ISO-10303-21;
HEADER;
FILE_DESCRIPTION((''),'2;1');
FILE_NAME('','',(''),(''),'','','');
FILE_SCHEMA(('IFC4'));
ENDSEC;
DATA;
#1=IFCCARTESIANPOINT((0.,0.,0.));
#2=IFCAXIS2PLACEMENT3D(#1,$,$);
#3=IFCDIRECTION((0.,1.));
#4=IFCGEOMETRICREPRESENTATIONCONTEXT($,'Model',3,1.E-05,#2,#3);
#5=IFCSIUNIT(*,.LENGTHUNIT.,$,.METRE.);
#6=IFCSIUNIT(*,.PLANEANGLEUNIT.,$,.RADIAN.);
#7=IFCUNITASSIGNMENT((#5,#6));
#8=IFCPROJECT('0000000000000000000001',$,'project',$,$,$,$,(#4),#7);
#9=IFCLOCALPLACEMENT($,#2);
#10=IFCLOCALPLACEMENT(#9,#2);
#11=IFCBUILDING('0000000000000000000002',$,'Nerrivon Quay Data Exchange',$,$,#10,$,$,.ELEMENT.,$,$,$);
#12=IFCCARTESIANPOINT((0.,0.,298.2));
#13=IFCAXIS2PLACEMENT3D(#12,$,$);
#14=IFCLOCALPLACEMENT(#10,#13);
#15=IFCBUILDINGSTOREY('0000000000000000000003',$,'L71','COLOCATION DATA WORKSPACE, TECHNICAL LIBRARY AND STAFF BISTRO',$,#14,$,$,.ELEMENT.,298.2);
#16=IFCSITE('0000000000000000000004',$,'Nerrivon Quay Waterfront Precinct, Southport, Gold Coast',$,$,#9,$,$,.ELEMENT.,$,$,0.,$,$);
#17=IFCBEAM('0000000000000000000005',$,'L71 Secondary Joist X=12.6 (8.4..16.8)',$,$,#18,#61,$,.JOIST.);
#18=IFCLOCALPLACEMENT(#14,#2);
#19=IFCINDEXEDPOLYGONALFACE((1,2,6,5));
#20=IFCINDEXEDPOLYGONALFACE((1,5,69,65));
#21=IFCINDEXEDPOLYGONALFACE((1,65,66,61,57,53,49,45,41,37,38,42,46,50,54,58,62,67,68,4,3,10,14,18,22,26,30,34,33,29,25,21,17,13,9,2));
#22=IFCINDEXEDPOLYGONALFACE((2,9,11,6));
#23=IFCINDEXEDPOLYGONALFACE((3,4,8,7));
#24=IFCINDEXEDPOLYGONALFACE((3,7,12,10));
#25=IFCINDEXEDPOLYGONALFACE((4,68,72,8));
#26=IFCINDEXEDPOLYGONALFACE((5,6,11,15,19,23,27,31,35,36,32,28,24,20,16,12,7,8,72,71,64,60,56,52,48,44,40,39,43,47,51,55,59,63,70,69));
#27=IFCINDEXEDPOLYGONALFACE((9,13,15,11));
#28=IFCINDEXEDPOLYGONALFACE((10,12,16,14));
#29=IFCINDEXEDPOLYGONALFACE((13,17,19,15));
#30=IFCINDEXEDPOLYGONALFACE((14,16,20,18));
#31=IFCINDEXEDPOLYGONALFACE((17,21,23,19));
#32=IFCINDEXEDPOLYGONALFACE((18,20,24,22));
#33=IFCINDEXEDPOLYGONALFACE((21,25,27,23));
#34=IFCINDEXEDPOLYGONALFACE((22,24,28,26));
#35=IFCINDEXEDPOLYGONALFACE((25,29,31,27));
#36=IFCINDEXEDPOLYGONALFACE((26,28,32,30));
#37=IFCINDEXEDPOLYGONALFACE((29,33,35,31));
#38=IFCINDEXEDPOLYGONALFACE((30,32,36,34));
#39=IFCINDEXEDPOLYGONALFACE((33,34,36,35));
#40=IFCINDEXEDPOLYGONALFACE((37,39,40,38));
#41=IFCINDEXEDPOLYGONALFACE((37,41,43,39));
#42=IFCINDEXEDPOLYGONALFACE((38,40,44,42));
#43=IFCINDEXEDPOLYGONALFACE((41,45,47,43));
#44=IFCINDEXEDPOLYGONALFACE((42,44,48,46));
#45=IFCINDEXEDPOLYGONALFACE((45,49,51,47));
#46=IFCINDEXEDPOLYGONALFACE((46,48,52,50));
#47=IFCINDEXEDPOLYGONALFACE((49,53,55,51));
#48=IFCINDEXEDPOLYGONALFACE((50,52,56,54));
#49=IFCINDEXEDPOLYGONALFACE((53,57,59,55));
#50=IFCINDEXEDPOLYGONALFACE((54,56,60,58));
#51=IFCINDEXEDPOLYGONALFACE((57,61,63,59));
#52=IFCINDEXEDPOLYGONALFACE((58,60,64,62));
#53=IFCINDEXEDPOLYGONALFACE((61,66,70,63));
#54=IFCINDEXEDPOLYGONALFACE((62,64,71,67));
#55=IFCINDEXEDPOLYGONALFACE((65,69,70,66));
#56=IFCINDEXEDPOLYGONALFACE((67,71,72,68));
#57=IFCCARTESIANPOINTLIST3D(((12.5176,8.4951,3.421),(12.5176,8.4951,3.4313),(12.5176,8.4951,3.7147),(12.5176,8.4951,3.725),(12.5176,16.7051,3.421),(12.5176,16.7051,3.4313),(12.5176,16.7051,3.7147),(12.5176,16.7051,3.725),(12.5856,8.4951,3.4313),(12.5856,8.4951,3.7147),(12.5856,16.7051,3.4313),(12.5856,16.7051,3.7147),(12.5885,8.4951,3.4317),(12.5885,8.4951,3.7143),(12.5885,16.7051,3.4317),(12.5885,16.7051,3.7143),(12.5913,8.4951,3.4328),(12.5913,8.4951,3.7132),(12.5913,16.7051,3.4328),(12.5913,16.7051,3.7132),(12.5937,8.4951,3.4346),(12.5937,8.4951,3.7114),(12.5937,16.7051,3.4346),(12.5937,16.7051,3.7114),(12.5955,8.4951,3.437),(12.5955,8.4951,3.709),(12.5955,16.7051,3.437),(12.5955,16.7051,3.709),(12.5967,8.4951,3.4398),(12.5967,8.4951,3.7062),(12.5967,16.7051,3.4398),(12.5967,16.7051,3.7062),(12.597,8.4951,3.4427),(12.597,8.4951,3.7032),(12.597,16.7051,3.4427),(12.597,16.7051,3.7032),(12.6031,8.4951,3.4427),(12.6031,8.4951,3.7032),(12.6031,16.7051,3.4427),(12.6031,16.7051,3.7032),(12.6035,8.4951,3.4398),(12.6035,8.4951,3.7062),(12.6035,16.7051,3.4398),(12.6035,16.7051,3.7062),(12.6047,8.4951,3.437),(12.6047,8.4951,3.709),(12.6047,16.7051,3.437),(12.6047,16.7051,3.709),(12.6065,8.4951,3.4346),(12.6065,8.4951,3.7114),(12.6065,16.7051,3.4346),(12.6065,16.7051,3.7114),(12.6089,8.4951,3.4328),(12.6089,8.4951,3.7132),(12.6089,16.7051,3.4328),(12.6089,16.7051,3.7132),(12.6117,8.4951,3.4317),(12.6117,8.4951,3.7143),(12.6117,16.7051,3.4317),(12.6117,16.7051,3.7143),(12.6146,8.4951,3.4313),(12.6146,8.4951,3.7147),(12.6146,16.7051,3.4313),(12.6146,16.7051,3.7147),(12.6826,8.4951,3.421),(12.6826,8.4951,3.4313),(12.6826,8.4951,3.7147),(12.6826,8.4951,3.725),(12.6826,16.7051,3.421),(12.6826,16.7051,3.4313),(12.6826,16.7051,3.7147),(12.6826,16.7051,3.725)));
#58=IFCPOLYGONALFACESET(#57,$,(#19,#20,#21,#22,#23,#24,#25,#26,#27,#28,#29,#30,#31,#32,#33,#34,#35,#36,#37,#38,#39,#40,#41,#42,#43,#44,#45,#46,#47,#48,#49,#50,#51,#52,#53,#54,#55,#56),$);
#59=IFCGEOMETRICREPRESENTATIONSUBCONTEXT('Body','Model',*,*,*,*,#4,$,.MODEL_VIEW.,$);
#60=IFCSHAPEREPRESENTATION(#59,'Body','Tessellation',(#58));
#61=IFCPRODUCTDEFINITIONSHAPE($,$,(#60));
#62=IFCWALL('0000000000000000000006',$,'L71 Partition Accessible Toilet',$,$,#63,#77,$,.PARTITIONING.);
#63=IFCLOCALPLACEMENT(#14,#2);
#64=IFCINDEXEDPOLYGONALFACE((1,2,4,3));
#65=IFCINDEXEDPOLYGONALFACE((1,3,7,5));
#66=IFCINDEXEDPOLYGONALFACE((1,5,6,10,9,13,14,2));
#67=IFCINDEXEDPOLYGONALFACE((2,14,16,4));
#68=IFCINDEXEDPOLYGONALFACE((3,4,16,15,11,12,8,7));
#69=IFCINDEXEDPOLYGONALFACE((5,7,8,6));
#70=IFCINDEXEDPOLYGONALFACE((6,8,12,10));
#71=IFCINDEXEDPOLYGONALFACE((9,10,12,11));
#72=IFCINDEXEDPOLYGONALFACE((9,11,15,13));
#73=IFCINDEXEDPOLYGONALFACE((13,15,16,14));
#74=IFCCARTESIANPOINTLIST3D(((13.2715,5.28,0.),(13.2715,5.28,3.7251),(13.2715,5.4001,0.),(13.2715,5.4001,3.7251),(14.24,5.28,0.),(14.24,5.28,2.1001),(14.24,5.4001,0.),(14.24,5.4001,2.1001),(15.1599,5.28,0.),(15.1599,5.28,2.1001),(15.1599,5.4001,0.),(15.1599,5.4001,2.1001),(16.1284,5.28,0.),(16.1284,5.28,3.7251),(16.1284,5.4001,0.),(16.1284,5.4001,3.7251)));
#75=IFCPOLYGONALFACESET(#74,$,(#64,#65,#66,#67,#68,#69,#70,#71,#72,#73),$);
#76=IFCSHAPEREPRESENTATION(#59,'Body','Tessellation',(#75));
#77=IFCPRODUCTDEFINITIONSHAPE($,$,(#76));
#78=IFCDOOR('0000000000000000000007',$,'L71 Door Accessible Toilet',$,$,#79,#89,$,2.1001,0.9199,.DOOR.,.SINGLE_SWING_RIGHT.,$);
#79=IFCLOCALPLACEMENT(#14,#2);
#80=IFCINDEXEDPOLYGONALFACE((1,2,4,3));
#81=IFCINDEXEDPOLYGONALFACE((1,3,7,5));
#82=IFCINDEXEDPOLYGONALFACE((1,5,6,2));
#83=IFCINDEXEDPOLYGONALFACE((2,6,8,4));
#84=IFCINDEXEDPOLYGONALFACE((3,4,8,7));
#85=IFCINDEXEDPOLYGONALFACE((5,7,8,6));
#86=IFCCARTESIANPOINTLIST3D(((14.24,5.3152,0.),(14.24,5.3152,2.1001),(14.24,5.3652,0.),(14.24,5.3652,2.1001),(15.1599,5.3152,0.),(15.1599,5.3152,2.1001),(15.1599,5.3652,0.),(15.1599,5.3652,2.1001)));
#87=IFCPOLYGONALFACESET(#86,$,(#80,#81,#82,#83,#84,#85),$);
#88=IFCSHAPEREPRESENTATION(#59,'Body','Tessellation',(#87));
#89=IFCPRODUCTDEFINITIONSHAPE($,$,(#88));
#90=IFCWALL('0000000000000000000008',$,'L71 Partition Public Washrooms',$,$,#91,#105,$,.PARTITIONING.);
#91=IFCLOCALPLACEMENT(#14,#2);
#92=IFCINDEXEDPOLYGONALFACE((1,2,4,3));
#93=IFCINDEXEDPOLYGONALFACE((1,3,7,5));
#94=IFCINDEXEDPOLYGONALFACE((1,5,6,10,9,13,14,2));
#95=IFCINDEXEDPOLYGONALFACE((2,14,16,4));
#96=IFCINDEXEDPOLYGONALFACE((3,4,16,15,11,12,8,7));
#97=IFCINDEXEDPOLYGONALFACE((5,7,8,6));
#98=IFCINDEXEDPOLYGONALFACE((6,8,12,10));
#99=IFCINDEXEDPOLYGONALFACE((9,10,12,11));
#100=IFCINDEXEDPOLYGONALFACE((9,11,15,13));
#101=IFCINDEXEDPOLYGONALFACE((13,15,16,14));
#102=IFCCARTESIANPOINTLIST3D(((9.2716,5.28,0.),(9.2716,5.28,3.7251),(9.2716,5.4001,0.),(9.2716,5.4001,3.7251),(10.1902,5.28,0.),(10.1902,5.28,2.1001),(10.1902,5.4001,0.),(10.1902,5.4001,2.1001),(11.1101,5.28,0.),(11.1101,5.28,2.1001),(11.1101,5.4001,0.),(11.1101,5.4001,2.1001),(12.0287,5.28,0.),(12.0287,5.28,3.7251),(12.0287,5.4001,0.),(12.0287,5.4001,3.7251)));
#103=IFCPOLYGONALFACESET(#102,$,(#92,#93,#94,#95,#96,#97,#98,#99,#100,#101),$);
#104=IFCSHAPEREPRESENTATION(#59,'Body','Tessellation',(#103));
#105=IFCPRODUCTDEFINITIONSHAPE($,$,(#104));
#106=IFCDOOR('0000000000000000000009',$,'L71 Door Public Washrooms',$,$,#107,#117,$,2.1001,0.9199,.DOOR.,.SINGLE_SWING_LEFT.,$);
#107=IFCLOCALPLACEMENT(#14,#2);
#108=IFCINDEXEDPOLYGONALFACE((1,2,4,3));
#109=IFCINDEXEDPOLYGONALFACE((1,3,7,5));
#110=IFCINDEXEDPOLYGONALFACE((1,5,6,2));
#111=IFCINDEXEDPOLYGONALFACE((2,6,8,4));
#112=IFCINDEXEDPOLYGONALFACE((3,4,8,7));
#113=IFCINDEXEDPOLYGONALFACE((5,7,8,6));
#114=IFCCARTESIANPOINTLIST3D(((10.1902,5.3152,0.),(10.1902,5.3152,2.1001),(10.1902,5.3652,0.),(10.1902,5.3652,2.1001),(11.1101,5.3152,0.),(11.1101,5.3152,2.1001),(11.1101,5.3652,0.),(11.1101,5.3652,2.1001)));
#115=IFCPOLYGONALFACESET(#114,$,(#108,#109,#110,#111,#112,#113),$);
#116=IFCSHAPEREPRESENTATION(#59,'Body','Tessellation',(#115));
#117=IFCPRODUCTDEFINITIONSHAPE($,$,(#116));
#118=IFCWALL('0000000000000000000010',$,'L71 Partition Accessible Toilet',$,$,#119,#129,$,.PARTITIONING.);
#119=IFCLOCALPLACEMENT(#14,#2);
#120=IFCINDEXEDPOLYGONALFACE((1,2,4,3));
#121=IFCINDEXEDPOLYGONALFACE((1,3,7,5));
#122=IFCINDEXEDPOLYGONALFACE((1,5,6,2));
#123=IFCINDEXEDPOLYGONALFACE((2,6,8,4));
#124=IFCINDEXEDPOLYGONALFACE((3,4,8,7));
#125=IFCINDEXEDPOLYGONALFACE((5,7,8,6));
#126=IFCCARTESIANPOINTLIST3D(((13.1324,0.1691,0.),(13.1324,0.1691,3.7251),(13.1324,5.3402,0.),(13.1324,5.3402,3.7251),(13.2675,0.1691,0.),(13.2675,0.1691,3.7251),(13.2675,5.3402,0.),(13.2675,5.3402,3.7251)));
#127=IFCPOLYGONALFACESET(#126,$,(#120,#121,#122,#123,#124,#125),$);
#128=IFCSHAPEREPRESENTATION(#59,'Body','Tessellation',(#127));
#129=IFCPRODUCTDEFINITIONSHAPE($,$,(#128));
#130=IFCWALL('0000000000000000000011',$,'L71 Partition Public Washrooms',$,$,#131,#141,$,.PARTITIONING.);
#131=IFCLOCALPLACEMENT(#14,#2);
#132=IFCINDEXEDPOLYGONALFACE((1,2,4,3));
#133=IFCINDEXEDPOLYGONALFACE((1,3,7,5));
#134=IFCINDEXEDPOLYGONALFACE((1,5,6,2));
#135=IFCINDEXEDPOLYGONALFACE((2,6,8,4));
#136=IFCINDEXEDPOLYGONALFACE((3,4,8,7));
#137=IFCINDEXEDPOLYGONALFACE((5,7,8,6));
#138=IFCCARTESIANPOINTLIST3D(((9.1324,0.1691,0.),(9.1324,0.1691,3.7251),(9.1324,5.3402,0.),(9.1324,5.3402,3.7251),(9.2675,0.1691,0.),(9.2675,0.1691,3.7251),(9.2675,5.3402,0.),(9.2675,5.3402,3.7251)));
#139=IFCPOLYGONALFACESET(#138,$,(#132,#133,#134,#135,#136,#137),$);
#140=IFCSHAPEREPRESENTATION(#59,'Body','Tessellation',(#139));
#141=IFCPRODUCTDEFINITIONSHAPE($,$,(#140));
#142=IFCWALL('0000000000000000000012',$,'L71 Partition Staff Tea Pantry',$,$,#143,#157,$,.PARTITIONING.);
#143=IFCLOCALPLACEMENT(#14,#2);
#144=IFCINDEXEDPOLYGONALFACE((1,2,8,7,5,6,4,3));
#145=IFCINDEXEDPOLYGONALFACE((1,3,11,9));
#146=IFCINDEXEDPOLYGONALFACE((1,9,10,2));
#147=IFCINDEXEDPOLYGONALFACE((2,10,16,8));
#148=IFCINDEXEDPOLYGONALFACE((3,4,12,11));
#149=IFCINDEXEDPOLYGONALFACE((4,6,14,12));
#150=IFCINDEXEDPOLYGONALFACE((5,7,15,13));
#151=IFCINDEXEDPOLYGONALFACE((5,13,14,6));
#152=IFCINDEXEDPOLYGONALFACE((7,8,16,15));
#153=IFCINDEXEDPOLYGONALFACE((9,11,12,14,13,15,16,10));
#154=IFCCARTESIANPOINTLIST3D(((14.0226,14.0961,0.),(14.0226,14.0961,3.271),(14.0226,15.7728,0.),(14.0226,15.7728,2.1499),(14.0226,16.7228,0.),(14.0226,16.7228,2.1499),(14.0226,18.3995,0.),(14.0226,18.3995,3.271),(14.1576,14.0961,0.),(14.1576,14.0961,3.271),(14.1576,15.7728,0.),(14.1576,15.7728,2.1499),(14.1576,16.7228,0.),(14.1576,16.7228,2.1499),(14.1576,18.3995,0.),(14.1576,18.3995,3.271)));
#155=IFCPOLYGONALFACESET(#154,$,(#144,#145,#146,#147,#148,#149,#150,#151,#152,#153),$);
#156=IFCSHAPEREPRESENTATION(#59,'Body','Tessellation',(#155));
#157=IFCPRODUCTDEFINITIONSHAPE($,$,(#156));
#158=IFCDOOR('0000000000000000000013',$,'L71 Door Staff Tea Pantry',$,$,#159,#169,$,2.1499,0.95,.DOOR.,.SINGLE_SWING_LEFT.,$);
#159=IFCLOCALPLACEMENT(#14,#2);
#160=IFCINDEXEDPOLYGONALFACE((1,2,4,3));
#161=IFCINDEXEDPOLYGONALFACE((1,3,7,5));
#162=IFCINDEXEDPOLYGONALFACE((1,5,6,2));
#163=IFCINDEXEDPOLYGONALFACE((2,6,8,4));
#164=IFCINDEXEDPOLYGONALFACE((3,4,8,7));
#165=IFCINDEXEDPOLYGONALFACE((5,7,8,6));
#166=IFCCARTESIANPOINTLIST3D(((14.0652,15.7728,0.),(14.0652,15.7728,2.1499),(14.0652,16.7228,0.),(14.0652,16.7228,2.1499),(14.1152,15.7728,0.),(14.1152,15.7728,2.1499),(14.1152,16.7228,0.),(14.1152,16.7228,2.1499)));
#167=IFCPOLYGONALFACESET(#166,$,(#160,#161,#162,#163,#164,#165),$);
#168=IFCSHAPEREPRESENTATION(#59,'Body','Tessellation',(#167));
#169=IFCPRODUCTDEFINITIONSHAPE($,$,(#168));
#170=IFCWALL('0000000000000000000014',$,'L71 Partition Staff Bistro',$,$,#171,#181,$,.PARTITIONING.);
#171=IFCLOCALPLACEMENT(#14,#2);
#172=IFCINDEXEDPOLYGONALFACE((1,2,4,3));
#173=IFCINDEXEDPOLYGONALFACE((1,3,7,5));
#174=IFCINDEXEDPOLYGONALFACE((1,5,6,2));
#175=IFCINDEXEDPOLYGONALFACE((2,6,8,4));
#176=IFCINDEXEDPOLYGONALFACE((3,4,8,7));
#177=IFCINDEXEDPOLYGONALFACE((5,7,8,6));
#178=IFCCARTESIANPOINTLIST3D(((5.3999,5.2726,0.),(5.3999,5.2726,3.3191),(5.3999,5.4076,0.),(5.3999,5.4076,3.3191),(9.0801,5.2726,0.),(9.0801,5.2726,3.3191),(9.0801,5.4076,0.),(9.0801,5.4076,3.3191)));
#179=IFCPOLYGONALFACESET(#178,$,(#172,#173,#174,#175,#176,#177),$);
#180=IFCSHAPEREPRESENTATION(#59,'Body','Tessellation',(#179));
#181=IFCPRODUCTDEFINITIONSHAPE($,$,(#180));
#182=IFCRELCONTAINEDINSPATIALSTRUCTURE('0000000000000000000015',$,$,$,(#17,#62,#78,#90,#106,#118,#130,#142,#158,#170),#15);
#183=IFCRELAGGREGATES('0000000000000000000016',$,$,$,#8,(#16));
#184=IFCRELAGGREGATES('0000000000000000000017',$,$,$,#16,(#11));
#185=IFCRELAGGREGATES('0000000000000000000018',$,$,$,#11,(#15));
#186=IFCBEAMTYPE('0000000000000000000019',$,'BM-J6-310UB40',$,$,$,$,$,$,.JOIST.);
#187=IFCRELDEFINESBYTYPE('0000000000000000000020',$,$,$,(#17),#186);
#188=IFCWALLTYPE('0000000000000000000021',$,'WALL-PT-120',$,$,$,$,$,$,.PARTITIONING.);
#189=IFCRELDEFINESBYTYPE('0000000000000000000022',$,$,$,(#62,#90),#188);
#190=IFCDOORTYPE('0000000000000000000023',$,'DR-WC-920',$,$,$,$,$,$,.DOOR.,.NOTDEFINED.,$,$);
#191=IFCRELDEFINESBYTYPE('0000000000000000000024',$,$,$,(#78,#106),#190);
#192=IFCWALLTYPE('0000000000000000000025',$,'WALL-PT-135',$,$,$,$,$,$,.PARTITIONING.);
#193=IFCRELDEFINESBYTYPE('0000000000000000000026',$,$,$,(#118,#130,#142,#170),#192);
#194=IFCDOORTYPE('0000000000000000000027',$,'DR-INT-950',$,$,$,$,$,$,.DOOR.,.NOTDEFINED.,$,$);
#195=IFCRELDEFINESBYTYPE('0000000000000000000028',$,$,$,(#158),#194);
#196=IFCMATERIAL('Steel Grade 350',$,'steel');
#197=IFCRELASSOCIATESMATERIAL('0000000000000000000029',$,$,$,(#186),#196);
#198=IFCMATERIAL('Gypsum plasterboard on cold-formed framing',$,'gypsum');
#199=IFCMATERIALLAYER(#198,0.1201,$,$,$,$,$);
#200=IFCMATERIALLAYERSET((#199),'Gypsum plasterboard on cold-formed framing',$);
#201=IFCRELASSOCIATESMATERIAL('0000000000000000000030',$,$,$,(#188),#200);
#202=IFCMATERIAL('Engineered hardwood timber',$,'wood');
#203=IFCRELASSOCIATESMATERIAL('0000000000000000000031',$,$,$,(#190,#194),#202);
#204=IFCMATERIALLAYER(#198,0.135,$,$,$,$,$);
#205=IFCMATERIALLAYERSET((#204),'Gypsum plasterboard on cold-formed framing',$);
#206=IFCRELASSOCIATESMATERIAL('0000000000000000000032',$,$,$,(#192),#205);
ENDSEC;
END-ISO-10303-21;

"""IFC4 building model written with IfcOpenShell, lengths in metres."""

from ifc_helpers import new_model, si_unit, direction, frame, frame_2d, origin, origin_2d, place, context, subcontext, project, spatial, rectangle, i_section, extrude, material, layer, layer_set, material_profile, profile_set, type_object, element, fill, save


model = new_model("IFC4")

# Units and contexts
model_context = context("Model", 3, precision=1e-05, world=origin(), true_north=direction((0.0, 1.0)))
body_context = subcontext(model_context, "Body", "Model", "MODEL_VIEW")
ifc_project = project(units=[si_unit("LENGTHUNIT", "METRE"), si_unit("PLANEANGLEUNIT", "RADIAN")], contexts=[model_context])

# Site, building, storey
site_placement = place(None, origin())
site = spatial("IfcSite", under=ifc_project, at=site_placement, Name="Nerrivon Quay Waterfront Precinct, Southport, Gold Coast", CompositionType="ELEMENT", RefElevation=0.0)
building_placement = place(site_placement, origin())
building = spatial("IfcBuilding", under=site, at=building_placement, Name="Nerrivon Quay Data Exchange", CompositionType="ELEMENT")
storey_placement = place(building_placement, frame((0.0, 0.0, 298.2)))
storey = spatial("IfcBuildingStorey", under=building, at=storey_placement, Name="L71", Description="COLOCATION DATA WORKSPACE, TECHNICAL LIBRARY AND STAFF BISTRO", CompositionType="ELEMENT", Elevation=298.2)

# Shared definitions
ifc_material_1 = material(Name="Steel Grade 350", Category="steel")

# Beam
ifc_material_profile_1 = material_profile(ifc_material_1, i_section(OverallWidth=0.165, OverallDepth=0.304, WebThickness=0.0061, FlangeThickness=0.0103, FilletRadius=0.0115, at=origin_2d()), Name="310UB40.4")
ifc_profile_set_1 = profile_set([ifc_material_profile_1], Name="Steel Grade 350")
beam_type_1 = type_object("IfcBeamType", Name="BM-J6-310UB40", PredefinedType="JOIST", material=ifc_profile_set_1)
beam_1_placement = place(storey_placement, frame((12.6001, 8.4951, 3.573), z_axis=(0.0, 1.0, 0.0), x_axis=(-1.0, 0.0, 0.0)))
element("IfcBeam", 1, at=beam_1_placement, inside=storey, type_object=beam_type_1, Name="L71 Secondary Joist X=12.6 (8.4..16.8)", PredefinedType="JOIST", context=body_context, shape_type="SweptSolid", body=[
    extrude(i_section(OverallWidth=0.165, OverallDepth=0.304, WebThickness=0.0061, FlangeThickness=0.0103, FilletRadius=0.0115, at=origin_2d()), origin(), (0.0, 0.0, 1.0), 8.21),
])

# Walls, openings, doors
ifc_material_2 = material(Name="Gypsum plasterboard on cold-formed framing", Category="gypsum")
ifc_layer_1 = layer(ifc_material_2, 0.1201)
ifc_layer_set_1 = layer_set([ifc_layer_1], Name="Gypsum plasterboard on cold-formed framing")
wall_type_1 = type_object("IfcWallType", Name="WALL-PT-120", PredefinedType="PARTITIONING", material=ifc_layer_set_1)
wall_1_placement = place(storey_placement, frame((16.1284, 5.3401, 0.0), z_axis=(0.0, 0.0, 1.0), x_axis=(-1.0, 0.0, 0.0)))
wall_1 = element("IfcWall", 2, at=wall_1_placement, inside=storey, type_object=wall_type_1, Name="L71 Partition Accessible Toilet", PredefinedType="PARTITIONING", context=body_context, shape_type="SweptSolid", body=[
    extrude(rectangle(XDim=2.8569, YDim=0.1201, at=frame_2d((1.4285, 0.0))), origin(), (0.0, 0.0, 1.0), 3.7251),
])
opening_1_placement = place(wall_1_placement, frame((0.9685, 0.0, 0.0)))
opening_1 = element("IfcOpeningElement", 3, at=opening_1_placement, cuts=wall_1, PredefinedType="OPENING", context=body_context, shape_type="SweptSolid", body=[
    extrude(rectangle(XDim=0.9199, YDim=2.1001, at=frame_2d((0.46, 1.05))), frame((0.0, 0.0701, 0.0), z_axis=(0.0, -1.0, 0.0), x_axis=(1.0, 0.0, 0.0)), (0.0, 0.0, 1.0), 0.1401),
])
ifc_material_3 = material(Name="Engineered hardwood timber", Category="wood")
door_type_1 = type_object("IfcDoorType", Name="DR-WC-920", OperationType="NOTDEFINED", PredefinedType="DOOR", material=ifc_material_3)
door_1_placement = place(opening_1_placement, origin())
door_1 = element("IfcDoor", 4, at=door_1_placement, inside=storey, type_object=door_type_1, Name="L71 Door Accessible Toilet", OperationType="SINGLE_SWING_RIGHT", OverallHeight=2.1001, OverallWidth=0.9199, PredefinedType="DOOR", context=body_context, shape_type="SweptSolid", body=[
    extrude(rectangle(XDim=0.9199, YDim=2.1001, at=frame_2d((0.46, 1.05))), frame((0.0, 0.0249, 0.0), z_axis=(0.0, -1.0, 0.0), x_axis=(1.0, 0.0, 0.0)), (0.0, 0.0, 1.0), 0.05),
])
fill(opening_1, door_1)
wall_2_placement = place(storey_placement, frame((12.0286, 5.3401, 0.0), z_axis=(0.0, 0.0, 1.0), x_axis=(-1.0, 0.0, 0.0)))
wall_2 = element("IfcWall", 5, at=wall_2_placement, inside=storey, type_object=wall_type_1, Name="L71 Partition Public Washrooms", PredefinedType="PARTITIONING", context=body_context, shape_type="SweptSolid", body=[
    extrude(rectangle(XDim=2.7571, YDim=0.1201, at=frame_2d((1.3784, 0.0))), origin(), (0.0, 0.0, 1.0), 3.7251),
])
opening_2_placement = place(wall_2_placement, frame((0.9185, 0.0, 0.0)))
opening_2 = element("IfcOpeningElement", 6, at=opening_2_placement, cuts=wall_2, PredefinedType="OPENING", context=body_context, shape_type="SweptSolid", body=[
    extrude(rectangle(XDim=0.9199, YDim=2.1001, at=frame_2d((0.46, 1.05))), frame((0.0, 0.0701, 0.0), z_axis=(0.0, -1.0, 0.0), x_axis=(1.0, 0.0, 0.0)), (0.0, 0.0, 1.0), 0.1401),
])
door_2_placement = place(opening_2_placement, origin())
door_2 = element("IfcDoor", 7, at=door_2_placement, inside=storey, type_object=door_type_1, Name="L71 Door Public Washrooms", OperationType="SINGLE_SWING_LEFT", OverallHeight=2.1001, OverallWidth=0.9199, PredefinedType="DOOR", context=body_context, shape_type="SweptSolid", body=[
    extrude(rectangle(XDim=0.9199, YDim=2.1001, at=frame_2d((0.46, 1.05))), frame((0.0, 0.0249, 0.0), z_axis=(0.0, -1.0, 0.0), x_axis=(1.0, 0.0, 0.0)), (0.0, 0.0, 1.0), 0.05),
])
fill(opening_2, door_2)
door_type_2 = type_object("IfcDoorType", Name="DR-INT-950", OperationType="NOTDEFINED", PredefinedType="DOOR", material=ifc_material_3)

# Walls
ifc_layer_2 = layer(ifc_material_2, 0.135)
ifc_layer_set_2 = layer_set([ifc_layer_2], Name="Gypsum plasterboard on cold-formed framing")
wall_type_2 = type_object("IfcWallType", Name="WALL-PT-135", PredefinedType="PARTITIONING", material=ifc_layer_set_2)
for number, where, z_axis, x_axis, name in (
    (8, (13.2, 5.3401, 0.0), (0.0, 0.0, 1.0), (0.0, -1.0, 0.0), "L71 Partition Accessible Toilet"),
    (9, (9.2, 5.3401, 0.0), (0.0, 0.0, 1.0), (0.0, -1.0, 0.0), "L71 Partition Public Washrooms"),
):
    element("IfcWall", number, at=place(storey_placement, frame(where, z_axis=z_axis, x_axis=x_axis)), inside=storey, type_object=wall_type_2, Name=name, PredefinedType="PARTITIONING", context=body_context, shape_type="SweptSolid", body=[
        extrude(rectangle(XDim=5.1711, YDim=0.135, at=frame_2d((2.5854, 0.0))), origin(), (0.0, 0.0, 1.0), 3.7251),
    ])

# Wall, opening, door
wall_3_placement = place(storey_placement, frame((14.0901, 14.0959, 0.0), z_axis=(0.0, 0.0, 1.0), x_axis=(0.0, 1.0, 0.0)))
wall_3 = element("IfcWall", 10, at=wall_3_placement, inside=storey, type_object=wall_type_2, Name="L71 Partition Staff Tea Pantry", PredefinedType="PARTITIONING", context=body_context, shape_type="SweptSolid", body=[
    extrude(rectangle(XDim=4.3035, YDim=0.135, at=frame_2d((2.1519, 0.0))), origin(), (0.0, 0.0, 1.0), 3.271),
])
opening_3_placement = place(wall_3_placement, frame((1.6768, 0.0, 0.0)))
opening_3 = element("IfcOpeningElement", 11, at=opening_3_placement, cuts=wall_3, PredefinedType="OPENING", context=body_context, shape_type="SweptSolid", body=[
    extrude(rectangle(XDim=0.95, YDim=2.1499, at=frame_2d((0.4751, 1.075))), frame((0.0, 0.0774, 0.0), z_axis=(0.0, -1.0, 0.0), x_axis=(1.0, 0.0, 0.0)), (0.0, 0.0, 1.0), 0.155),
])
door_3_placement = place(opening_3_placement, origin())
door_3 = element("IfcDoor", 12, at=door_3_placement, inside=storey, type_object=door_type_2, Name="L71 Door Staff Tea Pantry", OperationType="SINGLE_SWING_LEFT", OverallHeight=2.1499, OverallWidth=0.95, PredefinedType="DOOR", context=body_context, shape_type="SweptSolid", body=[
    extrude(rectangle(XDim=0.95, YDim=2.1499, at=frame_2d((0.4751, 1.075))), frame((0.0, 0.0249, 0.0), z_axis=(0.0, -1.0, 0.0), x_axis=(1.0, 0.0, 0.0)), (0.0, 0.0, 1.0), 0.05),
])
fill(opening_3, door_3)

# Wall
wall_4_placement = place(storey_placement, frame((9.0801, 5.3401, 0.0), z_axis=(0.0, 0.0, 1.0), x_axis=(-1.0, 0.0, 0.0)))
element("IfcWall", 13, at=wall_4_placement, inside=storey, type_object=wall_type_2, Name="L71 Partition Staff Bistro", PredefinedType="PARTITIONING", context=body_context, shape_type="SweptSolid", body=[
    extrude(rectangle(XDim=3.6802, YDim=0.135, at=frame_2d((1.8401, 0.0))), origin(), (0.0, 0.0, 1.0), 3.3191),
])

save(model, "model.ifc")
